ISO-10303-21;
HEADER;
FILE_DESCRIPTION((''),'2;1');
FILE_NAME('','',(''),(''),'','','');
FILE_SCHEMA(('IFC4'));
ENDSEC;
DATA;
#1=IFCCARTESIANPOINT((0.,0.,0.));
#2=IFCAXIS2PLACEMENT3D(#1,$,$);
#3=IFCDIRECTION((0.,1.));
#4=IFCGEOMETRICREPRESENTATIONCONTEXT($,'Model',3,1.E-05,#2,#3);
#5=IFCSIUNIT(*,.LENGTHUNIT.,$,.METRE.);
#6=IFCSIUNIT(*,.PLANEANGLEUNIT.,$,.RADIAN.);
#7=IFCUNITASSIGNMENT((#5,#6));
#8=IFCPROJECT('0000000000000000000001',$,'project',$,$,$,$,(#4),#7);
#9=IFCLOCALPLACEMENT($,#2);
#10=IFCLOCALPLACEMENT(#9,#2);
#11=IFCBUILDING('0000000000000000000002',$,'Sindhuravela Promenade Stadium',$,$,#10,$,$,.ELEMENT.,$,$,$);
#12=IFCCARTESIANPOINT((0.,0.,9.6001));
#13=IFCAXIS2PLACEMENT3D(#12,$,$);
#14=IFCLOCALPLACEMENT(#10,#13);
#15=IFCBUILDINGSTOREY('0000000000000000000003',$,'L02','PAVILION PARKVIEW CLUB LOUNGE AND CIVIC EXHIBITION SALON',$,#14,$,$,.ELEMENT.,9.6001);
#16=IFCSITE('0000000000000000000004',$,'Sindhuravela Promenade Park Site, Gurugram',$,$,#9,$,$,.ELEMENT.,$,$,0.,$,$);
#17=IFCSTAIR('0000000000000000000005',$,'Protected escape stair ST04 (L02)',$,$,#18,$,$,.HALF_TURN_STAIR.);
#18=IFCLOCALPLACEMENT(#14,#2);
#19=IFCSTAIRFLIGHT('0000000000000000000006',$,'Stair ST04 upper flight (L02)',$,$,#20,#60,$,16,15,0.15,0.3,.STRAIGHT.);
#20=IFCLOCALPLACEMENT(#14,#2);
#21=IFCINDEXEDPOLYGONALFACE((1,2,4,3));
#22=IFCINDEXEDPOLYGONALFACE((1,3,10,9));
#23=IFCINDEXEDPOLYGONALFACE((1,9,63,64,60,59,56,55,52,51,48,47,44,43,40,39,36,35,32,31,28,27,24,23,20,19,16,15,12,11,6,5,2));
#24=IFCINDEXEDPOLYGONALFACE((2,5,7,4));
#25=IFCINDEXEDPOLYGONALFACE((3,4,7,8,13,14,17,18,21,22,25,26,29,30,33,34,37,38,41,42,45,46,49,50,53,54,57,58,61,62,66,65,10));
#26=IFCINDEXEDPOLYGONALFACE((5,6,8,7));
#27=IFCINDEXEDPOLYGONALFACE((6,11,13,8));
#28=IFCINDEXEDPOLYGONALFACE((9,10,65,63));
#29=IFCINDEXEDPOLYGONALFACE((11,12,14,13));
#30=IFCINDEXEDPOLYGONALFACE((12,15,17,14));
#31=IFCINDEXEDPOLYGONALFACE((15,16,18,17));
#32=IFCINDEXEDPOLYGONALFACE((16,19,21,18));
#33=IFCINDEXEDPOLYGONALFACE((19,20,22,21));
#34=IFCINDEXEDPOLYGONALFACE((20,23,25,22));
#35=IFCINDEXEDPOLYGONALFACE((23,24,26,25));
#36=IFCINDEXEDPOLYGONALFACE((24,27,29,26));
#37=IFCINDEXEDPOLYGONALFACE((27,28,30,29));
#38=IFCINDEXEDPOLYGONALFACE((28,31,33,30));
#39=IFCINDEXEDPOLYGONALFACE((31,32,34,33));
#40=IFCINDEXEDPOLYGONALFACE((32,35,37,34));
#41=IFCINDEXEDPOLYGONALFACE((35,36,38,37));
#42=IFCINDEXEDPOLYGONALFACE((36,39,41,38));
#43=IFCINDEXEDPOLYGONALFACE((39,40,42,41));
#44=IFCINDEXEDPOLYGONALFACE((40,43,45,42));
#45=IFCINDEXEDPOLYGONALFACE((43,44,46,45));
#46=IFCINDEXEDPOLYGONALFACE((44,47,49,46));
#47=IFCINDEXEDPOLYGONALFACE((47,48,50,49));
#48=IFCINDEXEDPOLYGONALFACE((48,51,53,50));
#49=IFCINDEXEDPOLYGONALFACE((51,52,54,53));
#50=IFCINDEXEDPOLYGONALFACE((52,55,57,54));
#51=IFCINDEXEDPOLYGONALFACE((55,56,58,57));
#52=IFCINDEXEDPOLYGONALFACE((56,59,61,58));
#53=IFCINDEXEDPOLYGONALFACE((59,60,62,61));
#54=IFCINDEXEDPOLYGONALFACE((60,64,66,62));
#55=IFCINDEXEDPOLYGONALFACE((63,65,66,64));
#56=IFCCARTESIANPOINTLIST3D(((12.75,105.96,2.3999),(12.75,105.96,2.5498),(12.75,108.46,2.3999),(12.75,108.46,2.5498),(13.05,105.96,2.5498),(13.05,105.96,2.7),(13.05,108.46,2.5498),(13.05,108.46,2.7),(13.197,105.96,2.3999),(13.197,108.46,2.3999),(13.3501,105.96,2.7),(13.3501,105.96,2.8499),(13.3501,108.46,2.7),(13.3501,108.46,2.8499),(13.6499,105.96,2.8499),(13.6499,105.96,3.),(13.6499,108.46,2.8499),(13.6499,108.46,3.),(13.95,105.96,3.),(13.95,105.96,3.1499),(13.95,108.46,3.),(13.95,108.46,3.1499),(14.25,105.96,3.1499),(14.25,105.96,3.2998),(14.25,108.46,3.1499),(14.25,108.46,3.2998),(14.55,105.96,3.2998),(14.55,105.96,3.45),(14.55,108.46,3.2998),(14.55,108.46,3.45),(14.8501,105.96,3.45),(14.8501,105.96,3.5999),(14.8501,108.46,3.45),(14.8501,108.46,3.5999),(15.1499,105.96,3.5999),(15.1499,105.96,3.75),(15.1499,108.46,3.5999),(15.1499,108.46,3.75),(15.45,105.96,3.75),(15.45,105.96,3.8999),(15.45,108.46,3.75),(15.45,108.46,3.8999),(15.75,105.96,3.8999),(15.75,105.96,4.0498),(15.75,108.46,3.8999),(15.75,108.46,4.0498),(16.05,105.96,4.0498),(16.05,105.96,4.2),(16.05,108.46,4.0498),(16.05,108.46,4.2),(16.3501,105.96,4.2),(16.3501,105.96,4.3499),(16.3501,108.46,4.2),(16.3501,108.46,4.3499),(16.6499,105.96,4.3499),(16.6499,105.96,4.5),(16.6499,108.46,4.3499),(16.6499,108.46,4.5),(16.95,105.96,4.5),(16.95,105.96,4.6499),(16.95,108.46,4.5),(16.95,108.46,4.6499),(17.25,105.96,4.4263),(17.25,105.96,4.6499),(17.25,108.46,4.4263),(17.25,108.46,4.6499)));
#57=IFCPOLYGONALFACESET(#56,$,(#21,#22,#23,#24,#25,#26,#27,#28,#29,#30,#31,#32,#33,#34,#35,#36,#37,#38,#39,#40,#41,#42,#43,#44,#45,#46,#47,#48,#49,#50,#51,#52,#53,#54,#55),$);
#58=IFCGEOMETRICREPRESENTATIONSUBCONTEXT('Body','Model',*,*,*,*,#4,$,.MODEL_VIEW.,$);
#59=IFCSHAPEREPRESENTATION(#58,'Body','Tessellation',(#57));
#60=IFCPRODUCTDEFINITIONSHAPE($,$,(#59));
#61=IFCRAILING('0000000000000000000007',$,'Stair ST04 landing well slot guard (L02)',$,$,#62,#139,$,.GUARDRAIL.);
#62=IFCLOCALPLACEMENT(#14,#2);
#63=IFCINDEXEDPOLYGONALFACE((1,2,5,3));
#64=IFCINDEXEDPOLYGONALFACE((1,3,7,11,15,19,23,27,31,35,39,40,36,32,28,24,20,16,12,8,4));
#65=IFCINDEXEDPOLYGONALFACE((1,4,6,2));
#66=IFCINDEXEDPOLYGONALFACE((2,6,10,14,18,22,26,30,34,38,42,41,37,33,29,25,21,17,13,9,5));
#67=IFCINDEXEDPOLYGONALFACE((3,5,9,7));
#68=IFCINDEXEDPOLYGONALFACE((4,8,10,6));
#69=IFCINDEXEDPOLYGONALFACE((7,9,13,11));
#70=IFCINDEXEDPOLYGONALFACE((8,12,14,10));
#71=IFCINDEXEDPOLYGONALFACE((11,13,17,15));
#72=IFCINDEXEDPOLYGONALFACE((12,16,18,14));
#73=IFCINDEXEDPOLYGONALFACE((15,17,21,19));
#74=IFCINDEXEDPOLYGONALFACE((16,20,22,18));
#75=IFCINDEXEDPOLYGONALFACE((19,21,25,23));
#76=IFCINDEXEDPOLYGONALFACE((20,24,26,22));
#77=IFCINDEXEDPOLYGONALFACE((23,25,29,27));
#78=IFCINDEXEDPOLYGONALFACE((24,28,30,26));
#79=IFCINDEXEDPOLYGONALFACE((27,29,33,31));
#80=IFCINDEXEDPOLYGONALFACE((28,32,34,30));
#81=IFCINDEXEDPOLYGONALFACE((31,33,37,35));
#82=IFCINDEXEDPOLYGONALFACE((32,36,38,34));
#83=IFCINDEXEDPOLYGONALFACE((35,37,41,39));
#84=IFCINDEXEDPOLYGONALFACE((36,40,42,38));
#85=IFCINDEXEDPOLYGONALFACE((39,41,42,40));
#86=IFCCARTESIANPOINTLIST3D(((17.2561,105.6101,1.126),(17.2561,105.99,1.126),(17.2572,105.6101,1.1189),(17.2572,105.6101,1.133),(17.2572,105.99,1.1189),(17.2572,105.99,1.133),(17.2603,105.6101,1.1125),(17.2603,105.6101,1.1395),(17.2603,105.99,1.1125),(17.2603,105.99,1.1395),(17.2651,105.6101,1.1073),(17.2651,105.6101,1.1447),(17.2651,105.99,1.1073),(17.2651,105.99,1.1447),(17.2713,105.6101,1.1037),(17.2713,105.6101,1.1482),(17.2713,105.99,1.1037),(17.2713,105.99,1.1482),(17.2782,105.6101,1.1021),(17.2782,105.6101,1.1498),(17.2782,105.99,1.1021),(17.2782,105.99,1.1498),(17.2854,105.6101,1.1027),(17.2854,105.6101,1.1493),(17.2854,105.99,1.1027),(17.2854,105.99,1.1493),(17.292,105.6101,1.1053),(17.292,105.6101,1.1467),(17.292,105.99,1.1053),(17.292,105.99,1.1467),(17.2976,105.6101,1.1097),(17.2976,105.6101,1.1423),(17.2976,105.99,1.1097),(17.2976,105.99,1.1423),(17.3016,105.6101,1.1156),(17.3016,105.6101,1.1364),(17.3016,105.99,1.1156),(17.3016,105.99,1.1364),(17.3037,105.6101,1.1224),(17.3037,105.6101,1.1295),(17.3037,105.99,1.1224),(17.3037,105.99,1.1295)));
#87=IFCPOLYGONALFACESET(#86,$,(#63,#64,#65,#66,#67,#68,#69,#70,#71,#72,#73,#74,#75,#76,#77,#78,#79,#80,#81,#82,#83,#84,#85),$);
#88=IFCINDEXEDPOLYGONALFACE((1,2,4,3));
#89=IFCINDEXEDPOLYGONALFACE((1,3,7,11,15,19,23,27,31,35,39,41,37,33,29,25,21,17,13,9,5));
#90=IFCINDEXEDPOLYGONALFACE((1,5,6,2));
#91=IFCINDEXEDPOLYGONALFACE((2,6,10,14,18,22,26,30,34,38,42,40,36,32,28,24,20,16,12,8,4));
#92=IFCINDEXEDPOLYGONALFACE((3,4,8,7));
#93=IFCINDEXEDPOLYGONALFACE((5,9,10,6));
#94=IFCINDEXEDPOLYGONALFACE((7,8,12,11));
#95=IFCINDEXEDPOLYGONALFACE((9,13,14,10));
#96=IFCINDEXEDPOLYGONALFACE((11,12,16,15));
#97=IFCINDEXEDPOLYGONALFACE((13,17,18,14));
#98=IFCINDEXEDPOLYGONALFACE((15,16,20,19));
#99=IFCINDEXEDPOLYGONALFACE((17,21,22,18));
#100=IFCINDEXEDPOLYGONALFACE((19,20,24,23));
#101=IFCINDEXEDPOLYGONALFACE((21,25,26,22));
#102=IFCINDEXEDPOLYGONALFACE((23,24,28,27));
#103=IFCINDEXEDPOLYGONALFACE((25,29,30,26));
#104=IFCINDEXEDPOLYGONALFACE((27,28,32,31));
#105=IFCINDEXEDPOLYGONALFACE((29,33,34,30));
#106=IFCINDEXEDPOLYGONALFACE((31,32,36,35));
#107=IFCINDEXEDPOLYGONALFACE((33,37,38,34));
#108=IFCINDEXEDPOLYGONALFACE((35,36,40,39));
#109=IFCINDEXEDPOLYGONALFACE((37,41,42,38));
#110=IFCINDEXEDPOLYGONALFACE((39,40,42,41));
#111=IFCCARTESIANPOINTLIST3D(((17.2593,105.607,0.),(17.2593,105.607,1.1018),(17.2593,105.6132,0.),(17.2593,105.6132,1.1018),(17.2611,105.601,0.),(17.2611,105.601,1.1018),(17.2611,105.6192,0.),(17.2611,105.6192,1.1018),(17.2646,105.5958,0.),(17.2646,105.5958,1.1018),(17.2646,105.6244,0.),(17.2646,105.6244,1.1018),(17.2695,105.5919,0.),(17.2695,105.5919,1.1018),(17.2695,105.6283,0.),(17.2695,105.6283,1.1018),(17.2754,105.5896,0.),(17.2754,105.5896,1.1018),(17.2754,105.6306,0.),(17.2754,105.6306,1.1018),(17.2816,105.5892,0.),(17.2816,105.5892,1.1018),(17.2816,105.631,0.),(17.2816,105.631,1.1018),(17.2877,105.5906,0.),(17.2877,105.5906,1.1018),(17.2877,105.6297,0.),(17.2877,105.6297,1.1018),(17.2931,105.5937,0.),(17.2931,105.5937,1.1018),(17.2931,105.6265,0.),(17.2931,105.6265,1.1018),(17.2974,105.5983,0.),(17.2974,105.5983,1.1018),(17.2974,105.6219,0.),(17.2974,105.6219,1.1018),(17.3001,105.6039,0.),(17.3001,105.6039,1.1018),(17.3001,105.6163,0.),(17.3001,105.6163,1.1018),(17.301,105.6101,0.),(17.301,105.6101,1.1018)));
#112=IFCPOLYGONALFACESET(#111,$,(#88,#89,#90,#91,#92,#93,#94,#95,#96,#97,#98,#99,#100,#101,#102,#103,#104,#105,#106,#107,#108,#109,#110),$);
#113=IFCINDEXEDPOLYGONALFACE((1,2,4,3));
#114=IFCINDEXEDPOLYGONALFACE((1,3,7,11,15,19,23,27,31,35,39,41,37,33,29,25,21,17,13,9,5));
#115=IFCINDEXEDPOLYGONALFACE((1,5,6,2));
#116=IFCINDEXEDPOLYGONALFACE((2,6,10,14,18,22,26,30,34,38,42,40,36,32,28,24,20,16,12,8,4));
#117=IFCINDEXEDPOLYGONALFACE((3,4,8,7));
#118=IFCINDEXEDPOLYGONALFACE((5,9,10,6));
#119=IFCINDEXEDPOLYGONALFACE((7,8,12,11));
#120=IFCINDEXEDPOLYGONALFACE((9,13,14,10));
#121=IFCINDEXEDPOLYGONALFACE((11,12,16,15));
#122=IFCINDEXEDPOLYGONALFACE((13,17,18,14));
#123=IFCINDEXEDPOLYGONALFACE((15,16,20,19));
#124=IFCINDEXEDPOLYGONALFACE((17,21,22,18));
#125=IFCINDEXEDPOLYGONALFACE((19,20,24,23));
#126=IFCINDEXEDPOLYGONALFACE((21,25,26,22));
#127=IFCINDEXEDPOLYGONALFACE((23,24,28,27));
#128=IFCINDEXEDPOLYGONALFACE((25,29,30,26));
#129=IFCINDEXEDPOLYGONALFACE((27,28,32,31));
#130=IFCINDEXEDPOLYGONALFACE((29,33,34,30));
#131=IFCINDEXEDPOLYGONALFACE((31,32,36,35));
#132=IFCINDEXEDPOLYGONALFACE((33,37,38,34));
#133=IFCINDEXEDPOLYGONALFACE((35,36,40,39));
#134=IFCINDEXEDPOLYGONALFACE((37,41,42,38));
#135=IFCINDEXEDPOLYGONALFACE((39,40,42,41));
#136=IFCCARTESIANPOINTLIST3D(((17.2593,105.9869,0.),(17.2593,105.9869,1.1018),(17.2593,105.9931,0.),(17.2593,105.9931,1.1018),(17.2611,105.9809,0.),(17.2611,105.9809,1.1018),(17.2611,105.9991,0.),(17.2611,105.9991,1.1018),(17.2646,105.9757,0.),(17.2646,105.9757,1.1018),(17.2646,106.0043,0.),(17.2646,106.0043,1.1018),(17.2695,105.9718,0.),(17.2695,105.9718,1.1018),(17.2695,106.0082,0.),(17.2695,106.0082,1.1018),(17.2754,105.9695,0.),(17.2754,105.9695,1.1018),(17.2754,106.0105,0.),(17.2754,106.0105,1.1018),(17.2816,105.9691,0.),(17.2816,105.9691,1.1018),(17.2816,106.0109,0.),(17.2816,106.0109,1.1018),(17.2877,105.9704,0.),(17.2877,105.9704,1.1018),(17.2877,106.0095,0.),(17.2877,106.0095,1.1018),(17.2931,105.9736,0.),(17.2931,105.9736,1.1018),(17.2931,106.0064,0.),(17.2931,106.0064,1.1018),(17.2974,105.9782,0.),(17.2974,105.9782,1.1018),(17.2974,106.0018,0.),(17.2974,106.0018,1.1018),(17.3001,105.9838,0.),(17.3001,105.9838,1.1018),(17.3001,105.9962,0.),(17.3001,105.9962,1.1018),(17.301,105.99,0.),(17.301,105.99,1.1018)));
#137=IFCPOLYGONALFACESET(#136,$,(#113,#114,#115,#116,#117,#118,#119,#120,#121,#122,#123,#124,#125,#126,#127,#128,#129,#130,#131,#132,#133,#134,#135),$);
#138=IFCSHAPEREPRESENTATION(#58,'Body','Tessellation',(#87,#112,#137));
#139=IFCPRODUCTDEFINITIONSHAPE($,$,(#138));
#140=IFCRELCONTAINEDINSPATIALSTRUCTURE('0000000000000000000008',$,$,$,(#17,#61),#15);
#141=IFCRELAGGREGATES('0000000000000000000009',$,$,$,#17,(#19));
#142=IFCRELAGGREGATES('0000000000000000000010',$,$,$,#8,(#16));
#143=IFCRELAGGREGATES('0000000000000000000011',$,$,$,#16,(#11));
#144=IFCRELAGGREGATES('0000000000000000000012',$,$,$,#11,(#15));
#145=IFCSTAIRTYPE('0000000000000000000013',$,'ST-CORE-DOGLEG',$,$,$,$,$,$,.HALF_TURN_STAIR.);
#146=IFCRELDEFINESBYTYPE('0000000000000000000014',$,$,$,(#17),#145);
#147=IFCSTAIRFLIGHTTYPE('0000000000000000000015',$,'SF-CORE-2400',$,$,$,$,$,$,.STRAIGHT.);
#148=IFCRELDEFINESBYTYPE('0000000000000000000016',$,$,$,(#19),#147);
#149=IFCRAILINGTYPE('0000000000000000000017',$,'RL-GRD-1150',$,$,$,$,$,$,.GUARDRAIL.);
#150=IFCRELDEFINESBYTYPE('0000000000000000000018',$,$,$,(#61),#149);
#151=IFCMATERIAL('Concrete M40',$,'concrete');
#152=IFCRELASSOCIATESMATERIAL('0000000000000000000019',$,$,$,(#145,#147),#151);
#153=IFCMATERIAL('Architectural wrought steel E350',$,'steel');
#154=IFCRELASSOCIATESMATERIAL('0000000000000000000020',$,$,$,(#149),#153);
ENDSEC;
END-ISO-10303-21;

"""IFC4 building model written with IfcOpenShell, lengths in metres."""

from ifc_helpers import new_model, si_unit, direction, frame, origin, origin_2d, place, context, subcontext, project, spatial, polyline, circle, outline, extrude, material, type_object, element, aggregate, save


model = new_model("IFC4")

# Units and contexts
model_context = context("Model", 3, precision=1e-05, world=origin(), true_north=direction((0.0, 1.0)))
body_context = subcontext(model_context, "Body", "Model", "MODEL_VIEW")
ifc_project = project(units=[si_unit("LENGTHUNIT", "METRE"), si_unit("PLANEANGLEUNIT", "RADIAN")], contexts=[model_context])

# Site, building, storey
site_placement = place(None, origin())
site = spatial("IfcSite", under=ifc_project, at=site_placement, Name="Sindhuravela Promenade Park Site, Gurugram", CompositionType="ELEMENT", RefElevation=0.0)
building_placement = place(site_placement, origin())
building = spatial("IfcBuilding", under=site, at=building_placement, Name="Sindhuravela Promenade Stadium", CompositionType="ELEMENT")
storey_placement = place(building_placement, frame((0.0, 0.0, 9.6001)))
storey = spatial("IfcBuildingStorey", under=building, at=storey_placement, Name="L02", Description="PAVILION PARKVIEW CLUB LOUNGE AND CIVIC EXHIBITION SALON", CompositionType="ELEMENT", Elevation=9.6001)

# Shared definitions
ifc_material_1 = material(Name="Concrete M40", Category="concrete")

# Shared definitions
ifc_material_2 = material(Name="Architectural wrought steel E350", Category="steel")

# Stair, stair flight
stair_type = type_object("IfcStairType", Name="ST-CORE-DOGLEG", PredefinedType="HALF_TURN_STAIR", material=ifc_material_1)
stair_placement = place(storey_placement, origin())
stair = element("IfcStair", 1, at=stair_placement, inside=storey, type_object=stair_type, Name="Protected escape stair ST04 (L02)", PredefinedType="HALF_TURN_STAIR")
stair_flight_type = type_object("IfcStairFlightType", Name="SF-CORE-2400", PredefinedType="STRAIGHT", material=ifc_material_1)
stair_flight_1_placement = place(storey_placement, frame((12.75, 107.21, 2.3999), z_axis=(0.0, 0.0, 1.0), x_axis=(1.0, 0.0, 0.0)))
stair_flight_1 = element("IfcStairFlight", 2, at=stair_flight_1_placement, type_object=stair_flight_type, Name="Stair ST04 upper flight (L02)", NumberOfRisers=16, NumberOfTreads=15, PredefinedType="STRAIGHT", RiserHeight=0.15, TreadLength=0.3, context=body_context, shape_type="SweptSolid", body=[
    extrude(outline(polyline([(0.0, 0.0), (0.0, 0.1499), (0.3, 0.1499), (0.3, 0.3), (0.6001, 0.3), (0.6001, 0.45), (0.8999, 0.45), (0.8999, 0.6001), (1.2, 0.6001), (1.2, 0.75), (1.5, 0.75), (1.5, 0.8999), (1.8, 0.8999), (1.8, 1.05), (2.1001, 1.05), (2.1001, 1.2), (2.3999, 1.2), (2.3999, 1.3501), (2.7, 1.3501), (2.7, 1.5), (3.0, 1.5), (3.0, 1.6499), (3.3, 1.6499), (3.3, 1.8), (3.6001, 1.8), (3.6001, 1.95), (3.8999, 1.95), (3.8999, 2.1001), (4.2, 2.1001), (4.2, 2.25), (4.5, 2.25), (4.5, 2.3999), (4.5, 2.0264), (0.447, 0.0), (0.0, 0.0)])), frame((0.0, 1.25, 0.0), z_axis=(0.0, -1.0, 0.0), x_axis=(1.0, 0.0, 0.0)), (0.0, 0.0, 1.0), 2.5),
])
aggregate(stair, [stair_flight_1])

# Railing
railing_type_1 = type_object("IfcRailingType", Name="RL-GRD-1150", PredefinedType="GUARDRAIL", material=ifc_material_2)
railing_1_placement = place(storey_placement, frame((17.28, 105.6101, 0.0)))
element("IfcRailing", 3, at=railing_1_placement, inside=storey, type_object=railing_type_1, Name="Stair ST04 landing well slot guard (L02)", PredefinedType="GUARDRAIL", context=body_context, shape_type="SweptSolid", body=[
    extrude(circle(Radius=0.0239, at=origin_2d()), frame((0.0, 0.0, 1.126), z_axis=(0.0, 1.0, 0.0), x_axis=(-1.0, 0.0, 0.0)), (0.0, 0.0, 1.0), 0.3799),
    extrude(circle(Radius=0.021, at=origin_2d()), origin(), (0.0, 0.0, 1.0), 1.1018),
    extrude(circle(Radius=0.021, at=origin_2d()), frame((0.0, 0.3799, 0.0)), (0.0, 0.0, 1.0), 1.1018),
])

save(model, "model.ifc")
